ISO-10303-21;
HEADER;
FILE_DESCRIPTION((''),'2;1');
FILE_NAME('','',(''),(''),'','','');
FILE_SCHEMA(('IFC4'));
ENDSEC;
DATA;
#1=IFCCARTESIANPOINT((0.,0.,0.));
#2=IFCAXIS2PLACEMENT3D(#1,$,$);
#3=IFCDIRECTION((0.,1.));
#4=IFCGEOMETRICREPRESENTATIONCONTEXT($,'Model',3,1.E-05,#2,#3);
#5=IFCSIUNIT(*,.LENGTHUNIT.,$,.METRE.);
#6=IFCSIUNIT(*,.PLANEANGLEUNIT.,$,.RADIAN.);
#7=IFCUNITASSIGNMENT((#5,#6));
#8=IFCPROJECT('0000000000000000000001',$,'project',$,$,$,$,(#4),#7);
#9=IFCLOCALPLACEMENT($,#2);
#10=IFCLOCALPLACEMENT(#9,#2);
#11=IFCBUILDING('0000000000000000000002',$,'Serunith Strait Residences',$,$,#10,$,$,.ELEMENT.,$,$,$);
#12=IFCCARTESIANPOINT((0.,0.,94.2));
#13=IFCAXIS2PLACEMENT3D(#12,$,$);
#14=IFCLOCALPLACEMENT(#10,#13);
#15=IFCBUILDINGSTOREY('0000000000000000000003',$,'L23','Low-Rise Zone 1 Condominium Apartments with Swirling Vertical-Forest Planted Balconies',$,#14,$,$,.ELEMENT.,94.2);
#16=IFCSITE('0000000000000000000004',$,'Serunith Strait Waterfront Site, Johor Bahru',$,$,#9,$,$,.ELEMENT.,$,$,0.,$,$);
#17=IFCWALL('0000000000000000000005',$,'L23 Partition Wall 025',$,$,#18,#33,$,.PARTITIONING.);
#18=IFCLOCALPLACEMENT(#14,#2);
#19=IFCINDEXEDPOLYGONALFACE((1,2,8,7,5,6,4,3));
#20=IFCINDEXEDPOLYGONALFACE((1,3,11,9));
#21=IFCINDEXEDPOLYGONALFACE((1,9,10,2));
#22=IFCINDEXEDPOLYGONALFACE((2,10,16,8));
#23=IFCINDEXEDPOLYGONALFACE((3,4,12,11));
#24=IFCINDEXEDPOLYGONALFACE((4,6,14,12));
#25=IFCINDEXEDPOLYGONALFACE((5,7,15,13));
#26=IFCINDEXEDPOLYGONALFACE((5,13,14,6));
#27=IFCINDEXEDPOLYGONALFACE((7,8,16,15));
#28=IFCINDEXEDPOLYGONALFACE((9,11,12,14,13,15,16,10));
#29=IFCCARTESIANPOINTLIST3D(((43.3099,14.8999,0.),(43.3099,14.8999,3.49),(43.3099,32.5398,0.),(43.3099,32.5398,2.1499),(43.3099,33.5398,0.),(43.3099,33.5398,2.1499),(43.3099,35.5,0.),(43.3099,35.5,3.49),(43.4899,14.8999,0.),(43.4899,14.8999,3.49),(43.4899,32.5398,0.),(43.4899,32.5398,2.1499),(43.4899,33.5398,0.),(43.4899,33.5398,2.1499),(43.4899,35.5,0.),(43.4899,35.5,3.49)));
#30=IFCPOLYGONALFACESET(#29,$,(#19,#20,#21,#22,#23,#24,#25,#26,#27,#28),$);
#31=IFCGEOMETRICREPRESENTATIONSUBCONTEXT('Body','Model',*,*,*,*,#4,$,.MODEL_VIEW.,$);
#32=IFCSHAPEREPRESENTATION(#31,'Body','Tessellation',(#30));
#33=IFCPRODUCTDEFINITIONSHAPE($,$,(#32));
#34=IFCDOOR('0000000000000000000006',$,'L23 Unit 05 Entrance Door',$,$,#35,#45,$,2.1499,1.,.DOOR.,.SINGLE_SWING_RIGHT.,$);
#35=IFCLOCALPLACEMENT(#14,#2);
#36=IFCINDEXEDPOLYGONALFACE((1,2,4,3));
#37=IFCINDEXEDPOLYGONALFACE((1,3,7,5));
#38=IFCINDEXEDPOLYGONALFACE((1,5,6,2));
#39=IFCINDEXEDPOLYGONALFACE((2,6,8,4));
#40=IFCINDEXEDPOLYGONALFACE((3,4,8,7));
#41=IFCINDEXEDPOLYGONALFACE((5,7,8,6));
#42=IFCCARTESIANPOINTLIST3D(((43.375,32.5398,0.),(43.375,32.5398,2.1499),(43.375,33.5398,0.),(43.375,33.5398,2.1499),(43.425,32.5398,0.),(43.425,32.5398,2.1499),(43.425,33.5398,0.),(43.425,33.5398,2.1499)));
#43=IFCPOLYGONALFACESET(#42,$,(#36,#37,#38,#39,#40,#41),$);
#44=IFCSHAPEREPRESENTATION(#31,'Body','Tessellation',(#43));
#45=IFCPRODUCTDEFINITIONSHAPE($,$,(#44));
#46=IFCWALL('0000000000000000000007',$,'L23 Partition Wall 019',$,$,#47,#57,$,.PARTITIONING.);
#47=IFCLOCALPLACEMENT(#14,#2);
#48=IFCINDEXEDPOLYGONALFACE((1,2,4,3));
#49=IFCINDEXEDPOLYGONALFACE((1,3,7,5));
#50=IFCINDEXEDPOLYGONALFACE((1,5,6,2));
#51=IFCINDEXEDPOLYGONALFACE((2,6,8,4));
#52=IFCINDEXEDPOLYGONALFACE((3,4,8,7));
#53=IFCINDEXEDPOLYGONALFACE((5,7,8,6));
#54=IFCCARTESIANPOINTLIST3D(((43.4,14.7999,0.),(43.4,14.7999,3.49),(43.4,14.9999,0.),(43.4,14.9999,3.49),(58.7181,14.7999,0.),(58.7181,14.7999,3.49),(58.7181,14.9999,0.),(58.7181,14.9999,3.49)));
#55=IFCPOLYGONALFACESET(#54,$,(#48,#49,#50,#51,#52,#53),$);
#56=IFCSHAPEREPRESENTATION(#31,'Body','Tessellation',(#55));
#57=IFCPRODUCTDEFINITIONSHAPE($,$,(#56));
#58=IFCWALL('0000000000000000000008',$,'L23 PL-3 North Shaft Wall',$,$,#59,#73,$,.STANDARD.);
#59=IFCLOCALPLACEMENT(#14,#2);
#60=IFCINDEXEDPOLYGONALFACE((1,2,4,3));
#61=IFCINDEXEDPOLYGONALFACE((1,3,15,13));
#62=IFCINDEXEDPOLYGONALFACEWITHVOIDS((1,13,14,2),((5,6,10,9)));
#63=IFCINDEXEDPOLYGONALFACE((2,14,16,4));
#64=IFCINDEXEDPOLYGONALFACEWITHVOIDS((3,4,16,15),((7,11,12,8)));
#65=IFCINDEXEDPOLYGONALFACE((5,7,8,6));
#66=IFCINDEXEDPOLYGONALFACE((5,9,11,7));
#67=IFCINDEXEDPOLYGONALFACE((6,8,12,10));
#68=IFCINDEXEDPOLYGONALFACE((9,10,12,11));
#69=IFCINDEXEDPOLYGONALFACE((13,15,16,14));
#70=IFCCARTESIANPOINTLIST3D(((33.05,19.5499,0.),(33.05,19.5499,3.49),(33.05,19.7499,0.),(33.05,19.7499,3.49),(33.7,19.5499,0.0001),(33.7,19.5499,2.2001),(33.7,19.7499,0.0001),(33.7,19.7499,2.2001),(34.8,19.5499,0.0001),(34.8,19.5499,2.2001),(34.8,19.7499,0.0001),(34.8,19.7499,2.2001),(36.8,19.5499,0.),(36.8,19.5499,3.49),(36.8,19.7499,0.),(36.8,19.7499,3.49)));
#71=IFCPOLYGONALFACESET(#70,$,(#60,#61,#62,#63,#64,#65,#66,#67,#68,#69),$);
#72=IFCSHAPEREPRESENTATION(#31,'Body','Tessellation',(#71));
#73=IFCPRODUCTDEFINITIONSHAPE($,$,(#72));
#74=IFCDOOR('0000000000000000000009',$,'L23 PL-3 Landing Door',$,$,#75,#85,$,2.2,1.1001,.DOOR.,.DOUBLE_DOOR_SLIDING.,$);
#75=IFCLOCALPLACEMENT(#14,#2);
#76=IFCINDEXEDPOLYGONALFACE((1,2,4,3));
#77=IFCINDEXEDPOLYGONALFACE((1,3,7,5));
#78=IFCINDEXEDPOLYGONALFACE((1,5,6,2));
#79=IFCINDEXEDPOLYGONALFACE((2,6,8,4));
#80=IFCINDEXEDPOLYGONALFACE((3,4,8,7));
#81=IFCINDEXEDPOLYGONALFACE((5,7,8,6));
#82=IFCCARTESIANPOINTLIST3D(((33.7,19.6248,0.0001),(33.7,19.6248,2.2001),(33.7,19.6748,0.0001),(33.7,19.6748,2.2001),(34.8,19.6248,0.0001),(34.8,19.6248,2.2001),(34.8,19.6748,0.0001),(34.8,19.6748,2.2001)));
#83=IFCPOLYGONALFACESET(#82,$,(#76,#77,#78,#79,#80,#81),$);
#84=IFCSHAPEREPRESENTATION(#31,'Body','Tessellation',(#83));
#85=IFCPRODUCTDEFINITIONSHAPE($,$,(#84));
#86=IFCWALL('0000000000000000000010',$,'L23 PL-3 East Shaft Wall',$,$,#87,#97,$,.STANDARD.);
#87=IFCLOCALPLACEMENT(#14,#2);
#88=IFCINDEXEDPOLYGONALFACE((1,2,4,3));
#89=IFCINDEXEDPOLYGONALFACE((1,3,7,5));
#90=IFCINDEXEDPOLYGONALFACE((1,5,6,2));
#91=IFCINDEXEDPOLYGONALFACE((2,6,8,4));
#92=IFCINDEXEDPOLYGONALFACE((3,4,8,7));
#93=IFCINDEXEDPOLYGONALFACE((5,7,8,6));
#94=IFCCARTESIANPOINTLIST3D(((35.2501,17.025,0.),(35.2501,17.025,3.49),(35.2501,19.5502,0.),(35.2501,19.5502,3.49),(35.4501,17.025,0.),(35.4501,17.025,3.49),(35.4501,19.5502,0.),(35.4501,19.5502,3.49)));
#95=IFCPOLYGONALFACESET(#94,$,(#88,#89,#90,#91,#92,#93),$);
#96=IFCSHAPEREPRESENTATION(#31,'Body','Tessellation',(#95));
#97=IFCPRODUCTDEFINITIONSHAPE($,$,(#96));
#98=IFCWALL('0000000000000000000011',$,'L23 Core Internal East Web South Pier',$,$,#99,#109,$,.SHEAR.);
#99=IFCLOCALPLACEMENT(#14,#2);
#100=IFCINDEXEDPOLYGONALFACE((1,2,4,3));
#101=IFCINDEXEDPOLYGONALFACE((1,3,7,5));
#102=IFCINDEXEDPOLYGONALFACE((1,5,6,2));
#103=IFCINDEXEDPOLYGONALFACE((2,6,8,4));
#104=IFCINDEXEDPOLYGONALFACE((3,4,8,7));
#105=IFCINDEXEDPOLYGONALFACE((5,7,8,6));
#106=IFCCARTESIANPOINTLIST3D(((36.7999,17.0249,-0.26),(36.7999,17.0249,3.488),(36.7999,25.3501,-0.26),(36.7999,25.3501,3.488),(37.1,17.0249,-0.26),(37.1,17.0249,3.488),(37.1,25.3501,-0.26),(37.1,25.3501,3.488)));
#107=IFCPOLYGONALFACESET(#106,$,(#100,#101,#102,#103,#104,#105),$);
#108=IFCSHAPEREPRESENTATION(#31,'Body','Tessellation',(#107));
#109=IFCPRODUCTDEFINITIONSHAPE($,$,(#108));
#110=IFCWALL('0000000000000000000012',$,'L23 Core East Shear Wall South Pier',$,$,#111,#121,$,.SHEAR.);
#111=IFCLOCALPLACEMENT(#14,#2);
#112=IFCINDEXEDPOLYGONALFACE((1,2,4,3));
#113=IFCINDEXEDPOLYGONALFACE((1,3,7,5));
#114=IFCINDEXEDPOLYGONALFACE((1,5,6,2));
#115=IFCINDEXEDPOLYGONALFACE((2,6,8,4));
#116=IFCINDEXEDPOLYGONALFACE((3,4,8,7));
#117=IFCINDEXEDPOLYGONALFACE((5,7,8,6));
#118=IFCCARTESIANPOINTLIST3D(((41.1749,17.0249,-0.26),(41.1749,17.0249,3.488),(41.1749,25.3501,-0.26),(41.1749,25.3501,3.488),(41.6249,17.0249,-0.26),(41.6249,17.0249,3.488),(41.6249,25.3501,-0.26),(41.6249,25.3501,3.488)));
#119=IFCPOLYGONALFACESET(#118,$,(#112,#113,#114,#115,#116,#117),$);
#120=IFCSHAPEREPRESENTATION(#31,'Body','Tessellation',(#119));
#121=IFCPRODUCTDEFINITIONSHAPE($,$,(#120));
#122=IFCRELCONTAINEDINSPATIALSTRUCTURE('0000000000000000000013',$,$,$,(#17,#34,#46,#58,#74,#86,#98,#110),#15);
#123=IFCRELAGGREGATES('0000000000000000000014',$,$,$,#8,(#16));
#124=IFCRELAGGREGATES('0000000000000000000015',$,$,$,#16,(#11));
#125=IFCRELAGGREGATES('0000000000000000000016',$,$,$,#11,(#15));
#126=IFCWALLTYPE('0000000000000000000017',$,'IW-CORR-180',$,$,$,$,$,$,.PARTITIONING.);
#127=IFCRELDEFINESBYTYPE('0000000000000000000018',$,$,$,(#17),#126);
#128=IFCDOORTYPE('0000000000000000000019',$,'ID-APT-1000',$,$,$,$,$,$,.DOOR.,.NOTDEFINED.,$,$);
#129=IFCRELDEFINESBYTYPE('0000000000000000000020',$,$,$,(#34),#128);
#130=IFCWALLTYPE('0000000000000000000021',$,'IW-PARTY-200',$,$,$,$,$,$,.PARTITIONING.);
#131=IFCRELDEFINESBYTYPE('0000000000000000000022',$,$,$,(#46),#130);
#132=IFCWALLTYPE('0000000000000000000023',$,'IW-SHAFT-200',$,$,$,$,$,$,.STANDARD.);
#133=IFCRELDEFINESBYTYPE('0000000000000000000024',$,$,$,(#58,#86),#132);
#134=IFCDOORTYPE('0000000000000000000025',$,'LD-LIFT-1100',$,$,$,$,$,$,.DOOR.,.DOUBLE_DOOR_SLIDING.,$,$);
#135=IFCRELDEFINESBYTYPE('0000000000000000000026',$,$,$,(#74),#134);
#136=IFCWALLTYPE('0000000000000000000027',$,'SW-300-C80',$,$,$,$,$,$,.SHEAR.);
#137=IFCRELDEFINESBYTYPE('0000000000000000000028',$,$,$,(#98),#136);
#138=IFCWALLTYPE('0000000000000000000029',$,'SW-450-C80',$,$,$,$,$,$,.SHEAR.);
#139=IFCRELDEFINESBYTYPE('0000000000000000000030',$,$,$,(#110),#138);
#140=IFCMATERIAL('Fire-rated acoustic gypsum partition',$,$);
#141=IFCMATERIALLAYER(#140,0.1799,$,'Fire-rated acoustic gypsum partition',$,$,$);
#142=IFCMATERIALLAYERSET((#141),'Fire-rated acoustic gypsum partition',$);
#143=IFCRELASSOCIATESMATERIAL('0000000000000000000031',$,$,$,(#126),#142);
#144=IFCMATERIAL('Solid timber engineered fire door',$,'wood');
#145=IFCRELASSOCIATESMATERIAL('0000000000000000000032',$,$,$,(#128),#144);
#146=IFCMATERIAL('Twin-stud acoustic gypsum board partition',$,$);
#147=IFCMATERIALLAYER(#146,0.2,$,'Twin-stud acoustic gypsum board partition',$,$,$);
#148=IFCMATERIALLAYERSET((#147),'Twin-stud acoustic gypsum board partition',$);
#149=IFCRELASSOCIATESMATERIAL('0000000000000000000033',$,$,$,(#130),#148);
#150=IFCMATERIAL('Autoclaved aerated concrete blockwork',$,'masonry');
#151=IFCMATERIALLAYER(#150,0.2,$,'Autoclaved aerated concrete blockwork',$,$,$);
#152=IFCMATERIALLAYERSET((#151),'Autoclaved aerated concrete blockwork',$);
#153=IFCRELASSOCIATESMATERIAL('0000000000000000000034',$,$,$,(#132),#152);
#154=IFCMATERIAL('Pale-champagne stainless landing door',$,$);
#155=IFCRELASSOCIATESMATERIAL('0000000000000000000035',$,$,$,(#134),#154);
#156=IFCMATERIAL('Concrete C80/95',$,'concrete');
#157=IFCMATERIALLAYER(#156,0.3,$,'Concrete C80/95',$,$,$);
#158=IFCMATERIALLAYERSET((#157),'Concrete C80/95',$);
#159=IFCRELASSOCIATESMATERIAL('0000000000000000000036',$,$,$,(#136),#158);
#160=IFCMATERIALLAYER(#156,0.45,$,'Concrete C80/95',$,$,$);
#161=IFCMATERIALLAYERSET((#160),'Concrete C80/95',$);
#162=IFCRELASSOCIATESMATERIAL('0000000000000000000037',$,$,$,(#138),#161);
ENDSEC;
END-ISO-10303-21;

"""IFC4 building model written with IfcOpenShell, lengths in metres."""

from ifc_helpers import new_model, si_unit, direction, frame, frame_2d, origin, place, context, subcontext, project, spatial, rectangle, extrude, source, transform, mapped, material, layer, layer_set, type_object, element, fill, save


model = new_model("IFC4")

# Units and contexts
model_context = context("Model", 3, precision=1e-05, world=origin(), true_north=direction((0.0, 1.0)))
body_context = subcontext(model_context, "Body", "Model", "MODEL_VIEW")
ifc_project = project(units=[si_unit("LENGTHUNIT", "METRE"), si_unit("PLANEANGLEUNIT", "RADIAN")], contexts=[model_context])

# Site, building, storey
site_placement = place(None, origin())
site = spatial("IfcSite", under=ifc_project, at=site_placement, Name="Serunith Strait Waterfront Site, Johor Bahru", CompositionType="ELEMENT", RefElevation=0.0)
building_placement = place(site_placement, origin())
building = spatial("IfcBuilding", under=site, at=building_placement, Name="Serunith Strait Residences", CompositionType="ELEMENT")
storey_placement = place(building_placement, frame((0.0, 0.0, 94.2)))
storey = spatial("IfcBuildingStorey", under=building, at=storey_placement, Name="L23", Description="Low-Rise Zone 1 Condominium Apartments with Swirling Vertical-Forest Planted Balconies", CompositionType="ELEMENT", Elevation=94.2)

# Wall, opening, door
ifc_material_1 = material(Name="Fire-rated acoustic gypsum partition")
ifc_layer_1 = layer(ifc_material_1, 0.1799, Name="Fire-rated acoustic gypsum partition")
ifc_layer_set_1 = layer_set([ifc_layer_1], Name="Fire-rated acoustic gypsum partition")
wall_type_1 = type_object("IfcWallType", Name="IW-CORR-180", PredefinedType="PARTITIONING", material=ifc_layer_set_1)
wall_1_placement = place(storey_placement, frame((43.3999, 14.8999, 0.0), z_axis=(0.0, 0.0, 1.0), x_axis=(0.0, 1.0, 0.0)))
wall_1 = element("IfcWall", 1, at=wall_1_placement, inside=storey, type_object=wall_type_1, Name="L23 Partition Wall 025", PredefinedType="PARTITIONING", context=body_context, shape_type="SweptSolid", body=[
    extrude(rectangle(XDim=20.6001, YDim=0.1799, at=frame_2d((10.3, 0.0))), origin(), (0.0, 0.0, 1.0), 3.49),
])
opening_1_placement = place(wall_1_placement, frame((17.6399, 0.0, 0.0)))
opening_1 = element("IfcOpeningElement", 2, at=opening_1_placement, cuts=wall_1, PredefinedType="OPENING", context=body_context, shape_type="SweptSolid", body=[
    extrude(rectangle(XDim=1.0, YDim=2.1499, at=frame_2d((0.5, 1.075))), frame((0.0, 0.1001, 0.0), z_axis=(0.0, -1.0, 0.0), x_axis=(1.0, 0.0, 0.0)), (0.0, 0.0, 1.0), 0.2),
])
ifc_material_2 = material(Name="Solid timber engineered fire door", Category="wood")
door_type_1 = type_object("IfcDoorType", Name="ID-APT-1000", OperationType="NOTDEFINED", PredefinedType="DOOR", material=ifc_material_2)
shared_shape_1 = source(origin(), body_context, "Body", "SweptSolid", [
    extrude(rectangle(XDim=1.0, YDim=2.1499, at=frame_2d((0.5, 1.075))), frame((0.0, 0.0249, 0.0), z_axis=(0.0, -1.0, 0.0), x_axis=(1.0, 0.0, 0.0)), (0.0, 0.0, 1.0), 0.05),
])
door_1_placement = place(opening_1_placement, origin())
door_1 = element("IfcDoor", 3, at=door_1_placement, inside=storey, type_object=door_type_1, Name="L23 Unit 05 Entrance Door", OperationType="SINGLE_SWING_RIGHT", OverallHeight=2.1499, OverallWidth=1.0, PredefinedType="DOOR", context=body_context, shape_type="MappedRepresentation", body=[
    mapped(shared_shape_1, transform((0.0, 0.0, 0.0), scale=1.0)),
])
fill(opening_1, door_1)

# Wall
ifc_material_3 = material(Name="Twin-stud acoustic gypsum board partition")
ifc_layer_2 = layer(ifc_material_3, 0.2, Name="Twin-stud acoustic gypsum board partition")
ifc_layer_set_2 = layer_set([ifc_layer_2], Name="Twin-stud acoustic gypsum board partition")
wall_type_2 = type_object("IfcWallType", Name="IW-PARTY-200", PredefinedType="PARTITIONING", material=ifc_layer_set_2)
wall_2_placement = place(storey_placement, frame((43.3999, 14.8999, 0.0), z_axis=(0.0, 0.0, 1.0), x_axis=(1.0, 0.0, 0.0)))
element("IfcWall", 4, at=wall_2_placement, inside=storey, type_object=wall_type_2, Name="L23 Partition Wall 019", PredefinedType="PARTITIONING", context=body_context, shape_type="SweptSolid", body=[
    extrude(rectangle(XDim=15.3181, YDim=0.2, at=frame_2d((7.6592, 0.0))), origin(), (0.0, 0.0, 1.0), 3.49),
])

# Wall, opening, door
ifc_material_4 = material(Name="Autoclaved aerated concrete blockwork", Category="masonry")
ifc_layer_3 = layer(ifc_material_4, 0.2, Name="Autoclaved aerated concrete blockwork")
ifc_layer_set_3 = layer_set([ifc_layer_3], Name="Autoclaved aerated concrete blockwork")
wall_type_3 = type_object("IfcWallType", Name="IW-SHAFT-200", PredefinedType="STANDARD", material=ifc_layer_set_3)
wall_3_placement = place(storey_placement, frame((33.05, 19.6499, 0.0), z_axis=(0.0, 0.0, 1.0), x_axis=(1.0, 0.0, 0.0)))
wall_3 = element("IfcWall", 5, at=wall_3_placement, inside=storey, type_object=wall_type_3, Name="L23 PL-3 North Shaft Wall", PredefinedType="STANDARD", context=body_context, shape_type="SweptSolid", body=[
    extrude(rectangle(XDim=3.75, YDim=0.2, at=frame_2d((1.875, 0.0))), origin(), (0.0, 0.0, 1.0), 3.49),
])
opening_2_placement = place(wall_3_placement, frame((0.6499, 0.0, 0.0)))
opening_2 = element("IfcOpeningElement", 6, at=opening_2_placement, cuts=wall_3, PredefinedType="OPENING", context=body_context, shape_type="SweptSolid", body=[
    extrude(rectangle(XDim=1.1001, YDim=2.2, at=frame_2d((0.55, 1.1001))), frame((0.0, 0.1099, 0.0), z_axis=(0.0, -1.0, 0.0), x_axis=(1.0, 0.0, 0.0)), (0.0, 0.0, 1.0), 0.22),
])
ifc_material_5 = material(Name="Pale-champagne stainless landing door")
door_type_2 = type_object("IfcDoorType", Name="LD-LIFT-1100", OperationType="DOUBLE_DOOR_SLIDING", PredefinedType="DOOR", material=ifc_material_5)
shared_shape_2 = source(origin(), body_context, "Body", "SweptSolid", [
    extrude(rectangle(XDim=1.1001, YDim=2.2, at=frame_2d((0.55, 1.1001))), frame((0.0, 0.0249, 0.0), z_axis=(0.0, -1.0, 0.0), x_axis=(1.0, 0.0, 0.0)), (0.0, 0.0, 1.0), 0.05),
])
door_2_placement = place(opening_2_placement, origin())
door_2 = element("IfcDoor", 7, at=door_2_placement, inside=storey, type_object=door_type_2, Name="L23 PL-3 Landing Door", OperationType="DOUBLE_DOOR_SLIDING", OverallHeight=2.2, OverallWidth=1.1001, PredefinedType="DOOR", context=body_context, shape_type="MappedRepresentation", body=[
    mapped(shared_shape_2, transform((0.0, 0.0, 0.0), scale=1.0)),
])
fill(opening_2, door_2)

# Walls
wall_4_placement = place(storey_placement, frame((35.3501, 17.0249, 0.0), z_axis=(0.0, 0.0, 1.0), x_axis=(0.0, 1.0, 0.0)))
element("IfcWall", 8, at=wall_4_placement, inside=storey, type_object=wall_type_3, Name="L23 PL-3 East Shaft Wall", PredefinedType="STANDARD", context=body_context, shape_type="SweptSolid", body=[
    extrude(rectangle(XDim=2.5251, YDim=0.2, at=frame_2d((1.2627, 0.0))), origin(), (0.0, 0.0, 1.0), 3.49),
])
ifc_material_6 = material(Name="Concrete C80/95", Category="concrete")
ifc_layer_4 = layer(ifc_material_6, 0.3, Name="Concrete C80/95")
ifc_layer_set_4 = layer_set([ifc_layer_4], Name="Concrete C80/95")
wall_type_4 = type_object("IfcWallType", Name="SW-300-C80", PredefinedType="SHEAR", material=ifc_layer_set_4)
wall_5_placement = place(storey_placement, frame((36.95, 17.0249, -0.26), z_axis=(0.0, 0.0, 1.0), x_axis=(0.0, 1.0, 0.0)))
element("IfcWall", 9, at=wall_5_placement, inside=storey, type_object=wall_type_4, Name="L23 Core Internal East Web South Pier", PredefinedType="SHEAR", context=body_context, shape_type="SweptSolid", body=[
    extrude(rectangle(XDim=8.3252, YDim=0.3, at=frame_2d((4.1626, 0.0))), origin(), (0.0, 0.0, 1.0), 3.748),
])
ifc_layer_5 = layer(ifc_material_6, 0.45, Name="Concrete C80/95")
ifc_layer_set_5 = layer_set([ifc_layer_5], Name="Concrete C80/95")
wall_type_5 = type_object("IfcWallType", Name="SW-450-C80", PredefinedType="SHEAR", material=ifc_layer_set_5)
wall_6_placement = place(storey_placement, frame((41.3999, 17.0249, -0.26), z_axis=(0.0, 0.0, 1.0), x_axis=(0.0, 1.0, 0.0)))
element("IfcWall", 10, at=wall_6_placement, inside=storey, type_object=wall_type_5, Name="L23 Core East Shear Wall South Pier", PredefinedType="SHEAR", context=body_context, shape_type="SweptSolid", body=[
    extrude(rectangle(XDim=8.3252, YDim=0.45, at=frame_2d((4.1626, 0.0))), origin(), (0.0, 0.0, 1.0), 3.748),
])

save(model, "model.ifc")
